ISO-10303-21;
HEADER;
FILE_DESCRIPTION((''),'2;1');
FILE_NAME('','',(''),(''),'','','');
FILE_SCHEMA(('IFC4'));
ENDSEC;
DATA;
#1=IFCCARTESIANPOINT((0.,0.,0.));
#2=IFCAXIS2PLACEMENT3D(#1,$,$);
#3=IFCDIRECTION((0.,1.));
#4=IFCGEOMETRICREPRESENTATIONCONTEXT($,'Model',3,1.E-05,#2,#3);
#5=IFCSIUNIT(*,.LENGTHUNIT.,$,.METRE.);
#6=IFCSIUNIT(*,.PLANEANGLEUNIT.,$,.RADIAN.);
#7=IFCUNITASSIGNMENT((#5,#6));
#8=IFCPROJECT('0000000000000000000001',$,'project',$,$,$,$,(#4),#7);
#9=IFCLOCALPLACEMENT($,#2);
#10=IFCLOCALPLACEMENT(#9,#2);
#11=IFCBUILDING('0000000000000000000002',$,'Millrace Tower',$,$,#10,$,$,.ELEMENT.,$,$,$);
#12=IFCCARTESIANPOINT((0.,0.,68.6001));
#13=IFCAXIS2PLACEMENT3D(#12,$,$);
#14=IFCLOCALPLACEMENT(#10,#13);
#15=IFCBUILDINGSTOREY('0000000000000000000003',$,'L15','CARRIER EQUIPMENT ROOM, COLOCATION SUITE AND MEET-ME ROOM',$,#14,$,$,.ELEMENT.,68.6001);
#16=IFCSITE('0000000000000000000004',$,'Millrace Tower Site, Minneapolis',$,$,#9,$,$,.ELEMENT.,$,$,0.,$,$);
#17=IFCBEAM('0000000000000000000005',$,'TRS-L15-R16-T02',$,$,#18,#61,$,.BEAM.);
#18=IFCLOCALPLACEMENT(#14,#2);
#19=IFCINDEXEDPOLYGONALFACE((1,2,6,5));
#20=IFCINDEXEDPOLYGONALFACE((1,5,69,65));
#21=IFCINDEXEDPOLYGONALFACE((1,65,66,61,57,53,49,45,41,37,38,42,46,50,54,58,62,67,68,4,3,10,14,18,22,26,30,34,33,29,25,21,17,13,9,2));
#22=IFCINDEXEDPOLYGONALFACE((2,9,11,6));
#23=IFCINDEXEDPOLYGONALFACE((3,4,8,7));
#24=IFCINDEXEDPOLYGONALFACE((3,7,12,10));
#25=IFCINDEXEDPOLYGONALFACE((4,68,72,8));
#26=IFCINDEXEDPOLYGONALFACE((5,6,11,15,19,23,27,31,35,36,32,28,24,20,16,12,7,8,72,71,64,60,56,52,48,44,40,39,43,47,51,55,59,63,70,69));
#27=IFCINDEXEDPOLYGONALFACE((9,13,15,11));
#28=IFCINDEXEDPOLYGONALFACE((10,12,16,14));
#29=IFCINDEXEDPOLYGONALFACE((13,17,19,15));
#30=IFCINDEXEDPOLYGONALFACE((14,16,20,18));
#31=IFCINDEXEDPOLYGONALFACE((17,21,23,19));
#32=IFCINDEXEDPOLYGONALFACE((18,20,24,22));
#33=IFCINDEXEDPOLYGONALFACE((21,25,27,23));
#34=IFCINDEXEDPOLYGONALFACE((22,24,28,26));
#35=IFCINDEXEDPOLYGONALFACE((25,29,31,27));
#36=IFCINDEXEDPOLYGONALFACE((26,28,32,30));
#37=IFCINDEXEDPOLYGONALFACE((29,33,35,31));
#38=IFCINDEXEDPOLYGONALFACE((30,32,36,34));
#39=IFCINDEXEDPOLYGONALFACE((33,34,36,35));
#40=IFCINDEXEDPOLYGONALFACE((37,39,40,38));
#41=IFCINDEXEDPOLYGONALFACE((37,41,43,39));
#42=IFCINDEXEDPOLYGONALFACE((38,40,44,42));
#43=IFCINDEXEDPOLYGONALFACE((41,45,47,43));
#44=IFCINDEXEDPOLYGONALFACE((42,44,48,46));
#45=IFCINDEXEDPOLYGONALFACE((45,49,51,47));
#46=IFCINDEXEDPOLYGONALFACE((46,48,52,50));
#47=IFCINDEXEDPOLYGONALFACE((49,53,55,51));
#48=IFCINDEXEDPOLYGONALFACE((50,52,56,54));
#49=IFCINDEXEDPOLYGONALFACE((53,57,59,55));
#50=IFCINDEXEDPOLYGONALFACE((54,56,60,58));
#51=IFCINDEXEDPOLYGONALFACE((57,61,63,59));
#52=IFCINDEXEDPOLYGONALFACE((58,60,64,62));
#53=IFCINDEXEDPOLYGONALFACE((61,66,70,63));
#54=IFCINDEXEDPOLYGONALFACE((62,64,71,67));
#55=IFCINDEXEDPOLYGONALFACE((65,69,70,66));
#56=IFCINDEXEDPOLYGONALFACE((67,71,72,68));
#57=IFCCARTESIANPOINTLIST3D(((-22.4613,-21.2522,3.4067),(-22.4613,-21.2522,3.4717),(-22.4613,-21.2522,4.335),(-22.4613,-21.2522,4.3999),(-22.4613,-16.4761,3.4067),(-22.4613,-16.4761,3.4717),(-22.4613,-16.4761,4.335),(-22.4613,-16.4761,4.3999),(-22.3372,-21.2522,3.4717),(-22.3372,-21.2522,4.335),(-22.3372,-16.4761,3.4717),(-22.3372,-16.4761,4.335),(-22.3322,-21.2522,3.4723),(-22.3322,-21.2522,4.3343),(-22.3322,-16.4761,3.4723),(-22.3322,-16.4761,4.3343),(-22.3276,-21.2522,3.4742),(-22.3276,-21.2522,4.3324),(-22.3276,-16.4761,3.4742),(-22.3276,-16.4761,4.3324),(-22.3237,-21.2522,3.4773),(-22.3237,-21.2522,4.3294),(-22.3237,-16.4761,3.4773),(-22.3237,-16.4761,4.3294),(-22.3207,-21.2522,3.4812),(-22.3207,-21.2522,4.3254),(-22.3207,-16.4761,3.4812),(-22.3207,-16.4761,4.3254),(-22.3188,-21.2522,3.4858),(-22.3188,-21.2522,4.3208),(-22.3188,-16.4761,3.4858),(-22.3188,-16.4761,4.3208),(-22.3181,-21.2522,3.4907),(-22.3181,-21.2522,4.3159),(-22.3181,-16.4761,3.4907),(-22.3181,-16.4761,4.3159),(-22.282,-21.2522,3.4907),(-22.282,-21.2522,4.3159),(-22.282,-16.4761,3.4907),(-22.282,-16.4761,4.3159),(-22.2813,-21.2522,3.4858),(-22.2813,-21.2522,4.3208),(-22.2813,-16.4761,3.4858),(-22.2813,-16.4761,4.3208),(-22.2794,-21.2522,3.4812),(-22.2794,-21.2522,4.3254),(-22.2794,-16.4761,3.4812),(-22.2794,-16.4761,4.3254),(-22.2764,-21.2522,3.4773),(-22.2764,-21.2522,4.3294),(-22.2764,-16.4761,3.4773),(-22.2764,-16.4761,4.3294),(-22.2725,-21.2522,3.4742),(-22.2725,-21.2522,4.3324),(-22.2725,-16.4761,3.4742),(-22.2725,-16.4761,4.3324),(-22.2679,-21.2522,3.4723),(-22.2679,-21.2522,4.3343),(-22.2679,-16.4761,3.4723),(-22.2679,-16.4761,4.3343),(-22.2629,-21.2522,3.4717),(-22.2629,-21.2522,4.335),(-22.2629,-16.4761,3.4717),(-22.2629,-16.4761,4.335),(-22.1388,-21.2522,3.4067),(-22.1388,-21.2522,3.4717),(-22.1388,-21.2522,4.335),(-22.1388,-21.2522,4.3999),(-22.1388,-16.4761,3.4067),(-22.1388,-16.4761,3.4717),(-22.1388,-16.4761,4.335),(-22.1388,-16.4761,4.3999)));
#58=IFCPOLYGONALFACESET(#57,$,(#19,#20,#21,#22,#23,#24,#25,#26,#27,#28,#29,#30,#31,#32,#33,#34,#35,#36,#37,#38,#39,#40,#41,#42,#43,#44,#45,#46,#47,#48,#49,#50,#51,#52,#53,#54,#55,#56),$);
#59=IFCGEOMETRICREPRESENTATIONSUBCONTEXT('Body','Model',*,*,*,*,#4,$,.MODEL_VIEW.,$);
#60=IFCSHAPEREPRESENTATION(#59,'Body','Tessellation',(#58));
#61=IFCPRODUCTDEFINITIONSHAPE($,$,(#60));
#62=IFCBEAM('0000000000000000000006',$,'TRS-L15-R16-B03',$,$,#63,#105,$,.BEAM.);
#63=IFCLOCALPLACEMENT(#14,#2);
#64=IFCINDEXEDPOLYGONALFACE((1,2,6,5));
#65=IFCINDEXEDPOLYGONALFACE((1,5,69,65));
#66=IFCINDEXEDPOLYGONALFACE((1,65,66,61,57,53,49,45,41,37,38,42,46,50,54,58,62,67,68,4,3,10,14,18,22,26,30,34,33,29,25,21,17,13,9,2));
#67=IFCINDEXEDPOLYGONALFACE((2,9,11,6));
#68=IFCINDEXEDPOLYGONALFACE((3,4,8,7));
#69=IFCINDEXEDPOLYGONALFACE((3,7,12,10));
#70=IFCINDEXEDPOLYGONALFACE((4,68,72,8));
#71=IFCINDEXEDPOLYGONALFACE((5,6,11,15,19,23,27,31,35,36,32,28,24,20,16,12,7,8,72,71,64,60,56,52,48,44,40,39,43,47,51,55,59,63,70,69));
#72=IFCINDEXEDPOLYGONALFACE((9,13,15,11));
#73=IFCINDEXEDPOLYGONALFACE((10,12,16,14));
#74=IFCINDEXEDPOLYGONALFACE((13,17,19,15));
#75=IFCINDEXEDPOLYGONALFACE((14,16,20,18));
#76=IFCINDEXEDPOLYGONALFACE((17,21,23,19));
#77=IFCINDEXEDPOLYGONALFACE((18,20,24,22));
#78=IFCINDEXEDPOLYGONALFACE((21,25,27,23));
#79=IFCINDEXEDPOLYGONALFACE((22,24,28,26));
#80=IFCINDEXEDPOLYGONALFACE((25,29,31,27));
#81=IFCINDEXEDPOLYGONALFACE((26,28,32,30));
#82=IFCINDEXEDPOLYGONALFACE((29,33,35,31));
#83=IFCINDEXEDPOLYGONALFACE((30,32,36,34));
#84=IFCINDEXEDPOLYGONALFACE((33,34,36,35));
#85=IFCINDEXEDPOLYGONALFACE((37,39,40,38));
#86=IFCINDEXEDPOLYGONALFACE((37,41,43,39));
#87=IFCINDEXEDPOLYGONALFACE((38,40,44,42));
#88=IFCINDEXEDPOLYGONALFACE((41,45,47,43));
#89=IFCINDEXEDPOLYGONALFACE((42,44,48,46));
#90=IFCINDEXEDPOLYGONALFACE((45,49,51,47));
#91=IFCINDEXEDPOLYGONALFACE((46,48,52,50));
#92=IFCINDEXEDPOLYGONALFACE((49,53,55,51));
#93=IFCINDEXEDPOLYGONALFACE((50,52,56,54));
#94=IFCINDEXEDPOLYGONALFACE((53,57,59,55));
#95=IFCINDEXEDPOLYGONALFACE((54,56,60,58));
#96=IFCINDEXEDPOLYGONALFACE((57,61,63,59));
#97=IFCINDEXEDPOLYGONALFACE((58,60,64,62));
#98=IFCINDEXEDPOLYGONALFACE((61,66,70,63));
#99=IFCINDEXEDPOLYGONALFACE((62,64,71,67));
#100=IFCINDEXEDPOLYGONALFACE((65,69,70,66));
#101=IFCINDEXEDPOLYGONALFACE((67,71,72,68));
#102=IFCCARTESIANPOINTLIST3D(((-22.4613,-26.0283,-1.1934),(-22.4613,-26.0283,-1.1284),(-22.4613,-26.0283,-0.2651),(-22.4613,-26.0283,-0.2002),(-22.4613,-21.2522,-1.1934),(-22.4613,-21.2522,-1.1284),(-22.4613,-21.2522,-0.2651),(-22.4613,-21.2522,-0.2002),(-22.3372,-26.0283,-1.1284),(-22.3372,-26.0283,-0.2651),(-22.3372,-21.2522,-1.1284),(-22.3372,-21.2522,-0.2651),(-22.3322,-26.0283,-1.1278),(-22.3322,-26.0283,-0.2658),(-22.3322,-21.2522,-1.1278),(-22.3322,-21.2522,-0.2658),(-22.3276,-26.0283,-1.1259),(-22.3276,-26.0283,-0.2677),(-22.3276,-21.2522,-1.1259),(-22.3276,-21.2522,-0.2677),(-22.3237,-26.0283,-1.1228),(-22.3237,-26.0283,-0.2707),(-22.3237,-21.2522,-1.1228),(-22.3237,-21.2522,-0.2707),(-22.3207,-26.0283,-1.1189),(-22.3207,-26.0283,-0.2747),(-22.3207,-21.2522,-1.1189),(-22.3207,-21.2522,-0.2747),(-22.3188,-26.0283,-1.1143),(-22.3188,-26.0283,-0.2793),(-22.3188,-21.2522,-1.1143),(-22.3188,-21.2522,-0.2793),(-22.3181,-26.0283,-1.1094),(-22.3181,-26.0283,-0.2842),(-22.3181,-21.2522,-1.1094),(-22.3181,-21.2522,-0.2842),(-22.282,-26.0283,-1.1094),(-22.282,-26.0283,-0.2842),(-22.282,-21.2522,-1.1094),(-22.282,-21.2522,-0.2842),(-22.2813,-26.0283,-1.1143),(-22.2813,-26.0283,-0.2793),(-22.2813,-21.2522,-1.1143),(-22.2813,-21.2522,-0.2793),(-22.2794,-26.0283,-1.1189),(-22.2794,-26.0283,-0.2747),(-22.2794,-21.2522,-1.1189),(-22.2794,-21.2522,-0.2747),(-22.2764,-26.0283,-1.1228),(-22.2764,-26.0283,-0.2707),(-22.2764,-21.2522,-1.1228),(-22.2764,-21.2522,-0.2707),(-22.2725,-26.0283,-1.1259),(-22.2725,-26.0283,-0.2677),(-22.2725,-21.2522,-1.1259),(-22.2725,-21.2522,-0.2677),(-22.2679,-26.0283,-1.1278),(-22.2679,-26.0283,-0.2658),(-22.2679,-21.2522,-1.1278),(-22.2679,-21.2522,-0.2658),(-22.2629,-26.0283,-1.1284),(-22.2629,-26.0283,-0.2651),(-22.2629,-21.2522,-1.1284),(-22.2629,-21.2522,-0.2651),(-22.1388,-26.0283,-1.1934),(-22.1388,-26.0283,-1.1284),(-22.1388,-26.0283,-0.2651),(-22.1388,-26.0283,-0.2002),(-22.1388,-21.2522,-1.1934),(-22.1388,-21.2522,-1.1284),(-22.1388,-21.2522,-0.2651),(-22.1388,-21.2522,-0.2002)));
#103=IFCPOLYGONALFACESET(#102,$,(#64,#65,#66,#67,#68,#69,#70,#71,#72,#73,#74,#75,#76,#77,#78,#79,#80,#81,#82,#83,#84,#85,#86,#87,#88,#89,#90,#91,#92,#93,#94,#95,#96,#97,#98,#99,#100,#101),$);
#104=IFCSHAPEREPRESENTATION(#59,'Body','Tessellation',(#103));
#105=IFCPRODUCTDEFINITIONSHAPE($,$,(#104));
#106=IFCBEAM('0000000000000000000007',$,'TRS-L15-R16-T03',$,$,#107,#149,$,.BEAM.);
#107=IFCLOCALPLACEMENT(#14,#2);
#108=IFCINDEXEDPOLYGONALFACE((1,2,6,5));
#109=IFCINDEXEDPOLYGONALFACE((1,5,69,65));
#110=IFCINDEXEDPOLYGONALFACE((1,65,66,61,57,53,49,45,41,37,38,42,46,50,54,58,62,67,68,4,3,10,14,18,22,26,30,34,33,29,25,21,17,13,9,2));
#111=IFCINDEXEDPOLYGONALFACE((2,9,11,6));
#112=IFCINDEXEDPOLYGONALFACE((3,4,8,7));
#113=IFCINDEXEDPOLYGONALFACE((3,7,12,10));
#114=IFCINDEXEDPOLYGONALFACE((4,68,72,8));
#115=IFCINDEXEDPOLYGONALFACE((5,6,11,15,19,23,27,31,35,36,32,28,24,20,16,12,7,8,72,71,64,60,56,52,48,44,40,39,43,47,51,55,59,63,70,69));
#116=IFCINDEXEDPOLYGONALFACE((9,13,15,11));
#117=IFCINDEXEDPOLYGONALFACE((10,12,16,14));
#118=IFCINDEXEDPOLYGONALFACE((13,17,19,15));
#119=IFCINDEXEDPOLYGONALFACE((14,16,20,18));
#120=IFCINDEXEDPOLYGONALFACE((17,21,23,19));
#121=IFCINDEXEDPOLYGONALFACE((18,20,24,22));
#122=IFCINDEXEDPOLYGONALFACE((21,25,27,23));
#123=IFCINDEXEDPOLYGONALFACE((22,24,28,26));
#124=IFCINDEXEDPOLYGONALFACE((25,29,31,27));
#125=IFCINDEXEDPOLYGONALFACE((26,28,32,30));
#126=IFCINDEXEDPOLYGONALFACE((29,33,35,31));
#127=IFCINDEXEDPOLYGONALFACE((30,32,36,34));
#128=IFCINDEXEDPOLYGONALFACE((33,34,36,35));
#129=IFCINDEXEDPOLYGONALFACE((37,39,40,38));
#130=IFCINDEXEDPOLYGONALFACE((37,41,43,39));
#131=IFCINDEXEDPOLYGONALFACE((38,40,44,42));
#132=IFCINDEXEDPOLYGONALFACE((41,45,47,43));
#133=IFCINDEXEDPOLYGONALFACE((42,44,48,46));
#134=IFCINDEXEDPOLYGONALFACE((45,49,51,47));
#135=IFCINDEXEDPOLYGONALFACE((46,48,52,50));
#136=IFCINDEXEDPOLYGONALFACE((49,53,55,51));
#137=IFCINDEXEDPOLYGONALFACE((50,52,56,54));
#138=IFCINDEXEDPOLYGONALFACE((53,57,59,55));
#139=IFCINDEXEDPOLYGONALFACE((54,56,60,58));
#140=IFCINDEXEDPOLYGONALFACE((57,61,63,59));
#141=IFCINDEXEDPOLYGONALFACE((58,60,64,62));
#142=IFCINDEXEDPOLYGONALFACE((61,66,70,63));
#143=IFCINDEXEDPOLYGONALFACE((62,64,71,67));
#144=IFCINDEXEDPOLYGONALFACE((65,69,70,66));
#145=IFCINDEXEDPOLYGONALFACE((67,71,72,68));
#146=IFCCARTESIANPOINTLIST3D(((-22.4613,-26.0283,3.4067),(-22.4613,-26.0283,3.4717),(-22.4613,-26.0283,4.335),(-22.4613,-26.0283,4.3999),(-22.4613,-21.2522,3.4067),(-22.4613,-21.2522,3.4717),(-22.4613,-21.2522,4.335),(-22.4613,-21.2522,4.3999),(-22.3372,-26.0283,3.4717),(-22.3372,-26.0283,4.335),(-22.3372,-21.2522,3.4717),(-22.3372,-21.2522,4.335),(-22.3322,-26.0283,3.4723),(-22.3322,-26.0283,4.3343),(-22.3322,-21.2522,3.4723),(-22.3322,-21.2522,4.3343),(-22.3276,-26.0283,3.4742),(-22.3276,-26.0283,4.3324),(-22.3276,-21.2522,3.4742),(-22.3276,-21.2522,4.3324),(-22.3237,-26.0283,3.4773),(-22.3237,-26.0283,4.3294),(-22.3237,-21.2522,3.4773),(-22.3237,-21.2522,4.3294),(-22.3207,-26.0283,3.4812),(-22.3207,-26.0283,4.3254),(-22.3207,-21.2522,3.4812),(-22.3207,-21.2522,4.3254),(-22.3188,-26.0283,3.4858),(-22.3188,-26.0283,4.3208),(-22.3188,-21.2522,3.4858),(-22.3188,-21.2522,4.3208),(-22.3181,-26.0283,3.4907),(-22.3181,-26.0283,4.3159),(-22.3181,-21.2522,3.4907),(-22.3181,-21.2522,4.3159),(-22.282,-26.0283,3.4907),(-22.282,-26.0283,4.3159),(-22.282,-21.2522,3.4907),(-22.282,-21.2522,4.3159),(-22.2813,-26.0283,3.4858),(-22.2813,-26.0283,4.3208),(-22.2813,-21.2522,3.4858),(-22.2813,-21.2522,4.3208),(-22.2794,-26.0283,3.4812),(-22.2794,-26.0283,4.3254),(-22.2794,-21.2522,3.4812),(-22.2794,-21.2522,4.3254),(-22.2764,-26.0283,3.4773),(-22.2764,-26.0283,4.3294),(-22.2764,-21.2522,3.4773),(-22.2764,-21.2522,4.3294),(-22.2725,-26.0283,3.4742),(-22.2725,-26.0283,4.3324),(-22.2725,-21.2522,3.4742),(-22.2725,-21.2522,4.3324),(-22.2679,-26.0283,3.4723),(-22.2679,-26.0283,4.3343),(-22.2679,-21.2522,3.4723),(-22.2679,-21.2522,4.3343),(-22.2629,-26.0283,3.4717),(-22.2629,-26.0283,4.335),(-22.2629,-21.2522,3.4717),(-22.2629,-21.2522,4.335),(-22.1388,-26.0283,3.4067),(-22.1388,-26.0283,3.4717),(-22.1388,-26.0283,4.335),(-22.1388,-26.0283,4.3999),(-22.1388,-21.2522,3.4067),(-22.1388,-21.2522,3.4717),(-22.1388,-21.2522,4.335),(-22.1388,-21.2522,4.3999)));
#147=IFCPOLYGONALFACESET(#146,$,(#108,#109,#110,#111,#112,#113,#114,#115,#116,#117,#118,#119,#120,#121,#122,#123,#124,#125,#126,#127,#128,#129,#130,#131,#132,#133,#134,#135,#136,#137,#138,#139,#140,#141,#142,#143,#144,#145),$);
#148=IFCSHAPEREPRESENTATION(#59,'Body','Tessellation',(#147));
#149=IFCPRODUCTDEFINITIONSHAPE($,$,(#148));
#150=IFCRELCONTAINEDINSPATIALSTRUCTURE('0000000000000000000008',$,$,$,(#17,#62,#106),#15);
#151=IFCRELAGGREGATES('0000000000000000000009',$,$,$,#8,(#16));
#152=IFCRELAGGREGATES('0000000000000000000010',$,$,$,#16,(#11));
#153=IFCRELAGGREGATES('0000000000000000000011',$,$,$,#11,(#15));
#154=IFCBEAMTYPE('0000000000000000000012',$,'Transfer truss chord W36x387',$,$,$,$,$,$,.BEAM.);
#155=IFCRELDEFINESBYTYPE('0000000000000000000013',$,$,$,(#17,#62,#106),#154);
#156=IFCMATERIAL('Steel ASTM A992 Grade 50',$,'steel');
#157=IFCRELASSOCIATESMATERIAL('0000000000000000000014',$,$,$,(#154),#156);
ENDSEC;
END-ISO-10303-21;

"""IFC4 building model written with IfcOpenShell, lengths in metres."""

from ifc_helpers import new_model, si_unit, direction, frame, origin, origin_2d, place, context, subcontext, project, spatial, i_section, extrude, material, material_profile, profile_set, type_object, element, save


model = new_model("IFC4")

# Units and contexts
model_context = context("Model", 3, precision=1e-05, world=origin(), true_north=direction((0.0, 1.0)))
body_context = subcontext(model_context, "Body", "Model", "MODEL_VIEW")
ifc_project = project(units=[si_unit("LENGTHUNIT", "METRE"), si_unit("PLANEANGLEUNIT", "RADIAN")], contexts=[model_context])

# Site, building, storey
site_placement = place(None, origin())
site = spatial("IfcSite", under=ifc_project, at=site_placement, Name="Millrace Tower Site, Minneapolis", CompositionType="ELEMENT", RefElevation=0.0)
building_placement = place(site_placement, origin())
building = spatial("IfcBuilding", under=site, at=building_placement, Name="Millrace Tower", CompositionType="ELEMENT")
storey_placement = place(building_placement, frame((0.0, 0.0, 68.6001)))
storey = spatial("IfcBuildingStorey", under=building, at=storey_placement, Name="L15", Description="CARRIER EQUIPMENT ROOM, COLOCATION SUITE AND MEET-ME ROOM", CompositionType="ELEMENT", Elevation=68.6001)

# Beams
ifc_material_1 = material(Name="Steel ASTM A992 Grade 50", Category="steel")
ifc_material_profile_1 = material_profile(ifc_material_1, i_section(OverallWidth=0.3225, OverallDepth=0.9932, WebThickness=0.0361, FlangeThickness=0.0649, FilletRadius=0.019, at=origin_2d()))
ifc_profile_set_1 = profile_set([ifc_material_profile_1], Name="Steel ASTM A992 Grade 50")
beam_type_1 = type_object("IfcBeamType", Name="Transfer truss chord W36x387", PredefinedType="BEAM", material=ifc_profile_set_1)
for number, where, z_axis, x_axis, name in (
    (1, (-22.3, -16.4761, 3.9033), (0.0, -1.0, 0.0), (1.0, 0.0, 0.0), "TRS-L15-R16-T02"),
    (2, (-22.3, -21.2522, -0.6968), (0.0, -1.0, 0.0), (1.0, 0.0, 0.0), "TRS-L15-R16-B03"),
    (3, (-22.3, -21.2522, 3.9033), (0.0, -1.0, 0.0), (1.0, 0.0, 0.0), "TRS-L15-R16-T03"),
):
    element("IfcBeam", number, at=place(storey_placement, frame(where, z_axis=z_axis, x_axis=x_axis)), inside=storey, type_object=beam_type_1, Name=name, PredefinedType="BEAM", context=body_context, shape_type="SweptSolid", body=[
        extrude(i_section(OverallWidth=0.3225, OverallDepth=0.9932, WebThickness=0.0361, FlangeThickness=0.0649, FilletRadius=0.019, at=origin_2d()), origin(), (0.0, 0.0, 1.0), 4.7761),
    ])

save(model, "model.ifc")
